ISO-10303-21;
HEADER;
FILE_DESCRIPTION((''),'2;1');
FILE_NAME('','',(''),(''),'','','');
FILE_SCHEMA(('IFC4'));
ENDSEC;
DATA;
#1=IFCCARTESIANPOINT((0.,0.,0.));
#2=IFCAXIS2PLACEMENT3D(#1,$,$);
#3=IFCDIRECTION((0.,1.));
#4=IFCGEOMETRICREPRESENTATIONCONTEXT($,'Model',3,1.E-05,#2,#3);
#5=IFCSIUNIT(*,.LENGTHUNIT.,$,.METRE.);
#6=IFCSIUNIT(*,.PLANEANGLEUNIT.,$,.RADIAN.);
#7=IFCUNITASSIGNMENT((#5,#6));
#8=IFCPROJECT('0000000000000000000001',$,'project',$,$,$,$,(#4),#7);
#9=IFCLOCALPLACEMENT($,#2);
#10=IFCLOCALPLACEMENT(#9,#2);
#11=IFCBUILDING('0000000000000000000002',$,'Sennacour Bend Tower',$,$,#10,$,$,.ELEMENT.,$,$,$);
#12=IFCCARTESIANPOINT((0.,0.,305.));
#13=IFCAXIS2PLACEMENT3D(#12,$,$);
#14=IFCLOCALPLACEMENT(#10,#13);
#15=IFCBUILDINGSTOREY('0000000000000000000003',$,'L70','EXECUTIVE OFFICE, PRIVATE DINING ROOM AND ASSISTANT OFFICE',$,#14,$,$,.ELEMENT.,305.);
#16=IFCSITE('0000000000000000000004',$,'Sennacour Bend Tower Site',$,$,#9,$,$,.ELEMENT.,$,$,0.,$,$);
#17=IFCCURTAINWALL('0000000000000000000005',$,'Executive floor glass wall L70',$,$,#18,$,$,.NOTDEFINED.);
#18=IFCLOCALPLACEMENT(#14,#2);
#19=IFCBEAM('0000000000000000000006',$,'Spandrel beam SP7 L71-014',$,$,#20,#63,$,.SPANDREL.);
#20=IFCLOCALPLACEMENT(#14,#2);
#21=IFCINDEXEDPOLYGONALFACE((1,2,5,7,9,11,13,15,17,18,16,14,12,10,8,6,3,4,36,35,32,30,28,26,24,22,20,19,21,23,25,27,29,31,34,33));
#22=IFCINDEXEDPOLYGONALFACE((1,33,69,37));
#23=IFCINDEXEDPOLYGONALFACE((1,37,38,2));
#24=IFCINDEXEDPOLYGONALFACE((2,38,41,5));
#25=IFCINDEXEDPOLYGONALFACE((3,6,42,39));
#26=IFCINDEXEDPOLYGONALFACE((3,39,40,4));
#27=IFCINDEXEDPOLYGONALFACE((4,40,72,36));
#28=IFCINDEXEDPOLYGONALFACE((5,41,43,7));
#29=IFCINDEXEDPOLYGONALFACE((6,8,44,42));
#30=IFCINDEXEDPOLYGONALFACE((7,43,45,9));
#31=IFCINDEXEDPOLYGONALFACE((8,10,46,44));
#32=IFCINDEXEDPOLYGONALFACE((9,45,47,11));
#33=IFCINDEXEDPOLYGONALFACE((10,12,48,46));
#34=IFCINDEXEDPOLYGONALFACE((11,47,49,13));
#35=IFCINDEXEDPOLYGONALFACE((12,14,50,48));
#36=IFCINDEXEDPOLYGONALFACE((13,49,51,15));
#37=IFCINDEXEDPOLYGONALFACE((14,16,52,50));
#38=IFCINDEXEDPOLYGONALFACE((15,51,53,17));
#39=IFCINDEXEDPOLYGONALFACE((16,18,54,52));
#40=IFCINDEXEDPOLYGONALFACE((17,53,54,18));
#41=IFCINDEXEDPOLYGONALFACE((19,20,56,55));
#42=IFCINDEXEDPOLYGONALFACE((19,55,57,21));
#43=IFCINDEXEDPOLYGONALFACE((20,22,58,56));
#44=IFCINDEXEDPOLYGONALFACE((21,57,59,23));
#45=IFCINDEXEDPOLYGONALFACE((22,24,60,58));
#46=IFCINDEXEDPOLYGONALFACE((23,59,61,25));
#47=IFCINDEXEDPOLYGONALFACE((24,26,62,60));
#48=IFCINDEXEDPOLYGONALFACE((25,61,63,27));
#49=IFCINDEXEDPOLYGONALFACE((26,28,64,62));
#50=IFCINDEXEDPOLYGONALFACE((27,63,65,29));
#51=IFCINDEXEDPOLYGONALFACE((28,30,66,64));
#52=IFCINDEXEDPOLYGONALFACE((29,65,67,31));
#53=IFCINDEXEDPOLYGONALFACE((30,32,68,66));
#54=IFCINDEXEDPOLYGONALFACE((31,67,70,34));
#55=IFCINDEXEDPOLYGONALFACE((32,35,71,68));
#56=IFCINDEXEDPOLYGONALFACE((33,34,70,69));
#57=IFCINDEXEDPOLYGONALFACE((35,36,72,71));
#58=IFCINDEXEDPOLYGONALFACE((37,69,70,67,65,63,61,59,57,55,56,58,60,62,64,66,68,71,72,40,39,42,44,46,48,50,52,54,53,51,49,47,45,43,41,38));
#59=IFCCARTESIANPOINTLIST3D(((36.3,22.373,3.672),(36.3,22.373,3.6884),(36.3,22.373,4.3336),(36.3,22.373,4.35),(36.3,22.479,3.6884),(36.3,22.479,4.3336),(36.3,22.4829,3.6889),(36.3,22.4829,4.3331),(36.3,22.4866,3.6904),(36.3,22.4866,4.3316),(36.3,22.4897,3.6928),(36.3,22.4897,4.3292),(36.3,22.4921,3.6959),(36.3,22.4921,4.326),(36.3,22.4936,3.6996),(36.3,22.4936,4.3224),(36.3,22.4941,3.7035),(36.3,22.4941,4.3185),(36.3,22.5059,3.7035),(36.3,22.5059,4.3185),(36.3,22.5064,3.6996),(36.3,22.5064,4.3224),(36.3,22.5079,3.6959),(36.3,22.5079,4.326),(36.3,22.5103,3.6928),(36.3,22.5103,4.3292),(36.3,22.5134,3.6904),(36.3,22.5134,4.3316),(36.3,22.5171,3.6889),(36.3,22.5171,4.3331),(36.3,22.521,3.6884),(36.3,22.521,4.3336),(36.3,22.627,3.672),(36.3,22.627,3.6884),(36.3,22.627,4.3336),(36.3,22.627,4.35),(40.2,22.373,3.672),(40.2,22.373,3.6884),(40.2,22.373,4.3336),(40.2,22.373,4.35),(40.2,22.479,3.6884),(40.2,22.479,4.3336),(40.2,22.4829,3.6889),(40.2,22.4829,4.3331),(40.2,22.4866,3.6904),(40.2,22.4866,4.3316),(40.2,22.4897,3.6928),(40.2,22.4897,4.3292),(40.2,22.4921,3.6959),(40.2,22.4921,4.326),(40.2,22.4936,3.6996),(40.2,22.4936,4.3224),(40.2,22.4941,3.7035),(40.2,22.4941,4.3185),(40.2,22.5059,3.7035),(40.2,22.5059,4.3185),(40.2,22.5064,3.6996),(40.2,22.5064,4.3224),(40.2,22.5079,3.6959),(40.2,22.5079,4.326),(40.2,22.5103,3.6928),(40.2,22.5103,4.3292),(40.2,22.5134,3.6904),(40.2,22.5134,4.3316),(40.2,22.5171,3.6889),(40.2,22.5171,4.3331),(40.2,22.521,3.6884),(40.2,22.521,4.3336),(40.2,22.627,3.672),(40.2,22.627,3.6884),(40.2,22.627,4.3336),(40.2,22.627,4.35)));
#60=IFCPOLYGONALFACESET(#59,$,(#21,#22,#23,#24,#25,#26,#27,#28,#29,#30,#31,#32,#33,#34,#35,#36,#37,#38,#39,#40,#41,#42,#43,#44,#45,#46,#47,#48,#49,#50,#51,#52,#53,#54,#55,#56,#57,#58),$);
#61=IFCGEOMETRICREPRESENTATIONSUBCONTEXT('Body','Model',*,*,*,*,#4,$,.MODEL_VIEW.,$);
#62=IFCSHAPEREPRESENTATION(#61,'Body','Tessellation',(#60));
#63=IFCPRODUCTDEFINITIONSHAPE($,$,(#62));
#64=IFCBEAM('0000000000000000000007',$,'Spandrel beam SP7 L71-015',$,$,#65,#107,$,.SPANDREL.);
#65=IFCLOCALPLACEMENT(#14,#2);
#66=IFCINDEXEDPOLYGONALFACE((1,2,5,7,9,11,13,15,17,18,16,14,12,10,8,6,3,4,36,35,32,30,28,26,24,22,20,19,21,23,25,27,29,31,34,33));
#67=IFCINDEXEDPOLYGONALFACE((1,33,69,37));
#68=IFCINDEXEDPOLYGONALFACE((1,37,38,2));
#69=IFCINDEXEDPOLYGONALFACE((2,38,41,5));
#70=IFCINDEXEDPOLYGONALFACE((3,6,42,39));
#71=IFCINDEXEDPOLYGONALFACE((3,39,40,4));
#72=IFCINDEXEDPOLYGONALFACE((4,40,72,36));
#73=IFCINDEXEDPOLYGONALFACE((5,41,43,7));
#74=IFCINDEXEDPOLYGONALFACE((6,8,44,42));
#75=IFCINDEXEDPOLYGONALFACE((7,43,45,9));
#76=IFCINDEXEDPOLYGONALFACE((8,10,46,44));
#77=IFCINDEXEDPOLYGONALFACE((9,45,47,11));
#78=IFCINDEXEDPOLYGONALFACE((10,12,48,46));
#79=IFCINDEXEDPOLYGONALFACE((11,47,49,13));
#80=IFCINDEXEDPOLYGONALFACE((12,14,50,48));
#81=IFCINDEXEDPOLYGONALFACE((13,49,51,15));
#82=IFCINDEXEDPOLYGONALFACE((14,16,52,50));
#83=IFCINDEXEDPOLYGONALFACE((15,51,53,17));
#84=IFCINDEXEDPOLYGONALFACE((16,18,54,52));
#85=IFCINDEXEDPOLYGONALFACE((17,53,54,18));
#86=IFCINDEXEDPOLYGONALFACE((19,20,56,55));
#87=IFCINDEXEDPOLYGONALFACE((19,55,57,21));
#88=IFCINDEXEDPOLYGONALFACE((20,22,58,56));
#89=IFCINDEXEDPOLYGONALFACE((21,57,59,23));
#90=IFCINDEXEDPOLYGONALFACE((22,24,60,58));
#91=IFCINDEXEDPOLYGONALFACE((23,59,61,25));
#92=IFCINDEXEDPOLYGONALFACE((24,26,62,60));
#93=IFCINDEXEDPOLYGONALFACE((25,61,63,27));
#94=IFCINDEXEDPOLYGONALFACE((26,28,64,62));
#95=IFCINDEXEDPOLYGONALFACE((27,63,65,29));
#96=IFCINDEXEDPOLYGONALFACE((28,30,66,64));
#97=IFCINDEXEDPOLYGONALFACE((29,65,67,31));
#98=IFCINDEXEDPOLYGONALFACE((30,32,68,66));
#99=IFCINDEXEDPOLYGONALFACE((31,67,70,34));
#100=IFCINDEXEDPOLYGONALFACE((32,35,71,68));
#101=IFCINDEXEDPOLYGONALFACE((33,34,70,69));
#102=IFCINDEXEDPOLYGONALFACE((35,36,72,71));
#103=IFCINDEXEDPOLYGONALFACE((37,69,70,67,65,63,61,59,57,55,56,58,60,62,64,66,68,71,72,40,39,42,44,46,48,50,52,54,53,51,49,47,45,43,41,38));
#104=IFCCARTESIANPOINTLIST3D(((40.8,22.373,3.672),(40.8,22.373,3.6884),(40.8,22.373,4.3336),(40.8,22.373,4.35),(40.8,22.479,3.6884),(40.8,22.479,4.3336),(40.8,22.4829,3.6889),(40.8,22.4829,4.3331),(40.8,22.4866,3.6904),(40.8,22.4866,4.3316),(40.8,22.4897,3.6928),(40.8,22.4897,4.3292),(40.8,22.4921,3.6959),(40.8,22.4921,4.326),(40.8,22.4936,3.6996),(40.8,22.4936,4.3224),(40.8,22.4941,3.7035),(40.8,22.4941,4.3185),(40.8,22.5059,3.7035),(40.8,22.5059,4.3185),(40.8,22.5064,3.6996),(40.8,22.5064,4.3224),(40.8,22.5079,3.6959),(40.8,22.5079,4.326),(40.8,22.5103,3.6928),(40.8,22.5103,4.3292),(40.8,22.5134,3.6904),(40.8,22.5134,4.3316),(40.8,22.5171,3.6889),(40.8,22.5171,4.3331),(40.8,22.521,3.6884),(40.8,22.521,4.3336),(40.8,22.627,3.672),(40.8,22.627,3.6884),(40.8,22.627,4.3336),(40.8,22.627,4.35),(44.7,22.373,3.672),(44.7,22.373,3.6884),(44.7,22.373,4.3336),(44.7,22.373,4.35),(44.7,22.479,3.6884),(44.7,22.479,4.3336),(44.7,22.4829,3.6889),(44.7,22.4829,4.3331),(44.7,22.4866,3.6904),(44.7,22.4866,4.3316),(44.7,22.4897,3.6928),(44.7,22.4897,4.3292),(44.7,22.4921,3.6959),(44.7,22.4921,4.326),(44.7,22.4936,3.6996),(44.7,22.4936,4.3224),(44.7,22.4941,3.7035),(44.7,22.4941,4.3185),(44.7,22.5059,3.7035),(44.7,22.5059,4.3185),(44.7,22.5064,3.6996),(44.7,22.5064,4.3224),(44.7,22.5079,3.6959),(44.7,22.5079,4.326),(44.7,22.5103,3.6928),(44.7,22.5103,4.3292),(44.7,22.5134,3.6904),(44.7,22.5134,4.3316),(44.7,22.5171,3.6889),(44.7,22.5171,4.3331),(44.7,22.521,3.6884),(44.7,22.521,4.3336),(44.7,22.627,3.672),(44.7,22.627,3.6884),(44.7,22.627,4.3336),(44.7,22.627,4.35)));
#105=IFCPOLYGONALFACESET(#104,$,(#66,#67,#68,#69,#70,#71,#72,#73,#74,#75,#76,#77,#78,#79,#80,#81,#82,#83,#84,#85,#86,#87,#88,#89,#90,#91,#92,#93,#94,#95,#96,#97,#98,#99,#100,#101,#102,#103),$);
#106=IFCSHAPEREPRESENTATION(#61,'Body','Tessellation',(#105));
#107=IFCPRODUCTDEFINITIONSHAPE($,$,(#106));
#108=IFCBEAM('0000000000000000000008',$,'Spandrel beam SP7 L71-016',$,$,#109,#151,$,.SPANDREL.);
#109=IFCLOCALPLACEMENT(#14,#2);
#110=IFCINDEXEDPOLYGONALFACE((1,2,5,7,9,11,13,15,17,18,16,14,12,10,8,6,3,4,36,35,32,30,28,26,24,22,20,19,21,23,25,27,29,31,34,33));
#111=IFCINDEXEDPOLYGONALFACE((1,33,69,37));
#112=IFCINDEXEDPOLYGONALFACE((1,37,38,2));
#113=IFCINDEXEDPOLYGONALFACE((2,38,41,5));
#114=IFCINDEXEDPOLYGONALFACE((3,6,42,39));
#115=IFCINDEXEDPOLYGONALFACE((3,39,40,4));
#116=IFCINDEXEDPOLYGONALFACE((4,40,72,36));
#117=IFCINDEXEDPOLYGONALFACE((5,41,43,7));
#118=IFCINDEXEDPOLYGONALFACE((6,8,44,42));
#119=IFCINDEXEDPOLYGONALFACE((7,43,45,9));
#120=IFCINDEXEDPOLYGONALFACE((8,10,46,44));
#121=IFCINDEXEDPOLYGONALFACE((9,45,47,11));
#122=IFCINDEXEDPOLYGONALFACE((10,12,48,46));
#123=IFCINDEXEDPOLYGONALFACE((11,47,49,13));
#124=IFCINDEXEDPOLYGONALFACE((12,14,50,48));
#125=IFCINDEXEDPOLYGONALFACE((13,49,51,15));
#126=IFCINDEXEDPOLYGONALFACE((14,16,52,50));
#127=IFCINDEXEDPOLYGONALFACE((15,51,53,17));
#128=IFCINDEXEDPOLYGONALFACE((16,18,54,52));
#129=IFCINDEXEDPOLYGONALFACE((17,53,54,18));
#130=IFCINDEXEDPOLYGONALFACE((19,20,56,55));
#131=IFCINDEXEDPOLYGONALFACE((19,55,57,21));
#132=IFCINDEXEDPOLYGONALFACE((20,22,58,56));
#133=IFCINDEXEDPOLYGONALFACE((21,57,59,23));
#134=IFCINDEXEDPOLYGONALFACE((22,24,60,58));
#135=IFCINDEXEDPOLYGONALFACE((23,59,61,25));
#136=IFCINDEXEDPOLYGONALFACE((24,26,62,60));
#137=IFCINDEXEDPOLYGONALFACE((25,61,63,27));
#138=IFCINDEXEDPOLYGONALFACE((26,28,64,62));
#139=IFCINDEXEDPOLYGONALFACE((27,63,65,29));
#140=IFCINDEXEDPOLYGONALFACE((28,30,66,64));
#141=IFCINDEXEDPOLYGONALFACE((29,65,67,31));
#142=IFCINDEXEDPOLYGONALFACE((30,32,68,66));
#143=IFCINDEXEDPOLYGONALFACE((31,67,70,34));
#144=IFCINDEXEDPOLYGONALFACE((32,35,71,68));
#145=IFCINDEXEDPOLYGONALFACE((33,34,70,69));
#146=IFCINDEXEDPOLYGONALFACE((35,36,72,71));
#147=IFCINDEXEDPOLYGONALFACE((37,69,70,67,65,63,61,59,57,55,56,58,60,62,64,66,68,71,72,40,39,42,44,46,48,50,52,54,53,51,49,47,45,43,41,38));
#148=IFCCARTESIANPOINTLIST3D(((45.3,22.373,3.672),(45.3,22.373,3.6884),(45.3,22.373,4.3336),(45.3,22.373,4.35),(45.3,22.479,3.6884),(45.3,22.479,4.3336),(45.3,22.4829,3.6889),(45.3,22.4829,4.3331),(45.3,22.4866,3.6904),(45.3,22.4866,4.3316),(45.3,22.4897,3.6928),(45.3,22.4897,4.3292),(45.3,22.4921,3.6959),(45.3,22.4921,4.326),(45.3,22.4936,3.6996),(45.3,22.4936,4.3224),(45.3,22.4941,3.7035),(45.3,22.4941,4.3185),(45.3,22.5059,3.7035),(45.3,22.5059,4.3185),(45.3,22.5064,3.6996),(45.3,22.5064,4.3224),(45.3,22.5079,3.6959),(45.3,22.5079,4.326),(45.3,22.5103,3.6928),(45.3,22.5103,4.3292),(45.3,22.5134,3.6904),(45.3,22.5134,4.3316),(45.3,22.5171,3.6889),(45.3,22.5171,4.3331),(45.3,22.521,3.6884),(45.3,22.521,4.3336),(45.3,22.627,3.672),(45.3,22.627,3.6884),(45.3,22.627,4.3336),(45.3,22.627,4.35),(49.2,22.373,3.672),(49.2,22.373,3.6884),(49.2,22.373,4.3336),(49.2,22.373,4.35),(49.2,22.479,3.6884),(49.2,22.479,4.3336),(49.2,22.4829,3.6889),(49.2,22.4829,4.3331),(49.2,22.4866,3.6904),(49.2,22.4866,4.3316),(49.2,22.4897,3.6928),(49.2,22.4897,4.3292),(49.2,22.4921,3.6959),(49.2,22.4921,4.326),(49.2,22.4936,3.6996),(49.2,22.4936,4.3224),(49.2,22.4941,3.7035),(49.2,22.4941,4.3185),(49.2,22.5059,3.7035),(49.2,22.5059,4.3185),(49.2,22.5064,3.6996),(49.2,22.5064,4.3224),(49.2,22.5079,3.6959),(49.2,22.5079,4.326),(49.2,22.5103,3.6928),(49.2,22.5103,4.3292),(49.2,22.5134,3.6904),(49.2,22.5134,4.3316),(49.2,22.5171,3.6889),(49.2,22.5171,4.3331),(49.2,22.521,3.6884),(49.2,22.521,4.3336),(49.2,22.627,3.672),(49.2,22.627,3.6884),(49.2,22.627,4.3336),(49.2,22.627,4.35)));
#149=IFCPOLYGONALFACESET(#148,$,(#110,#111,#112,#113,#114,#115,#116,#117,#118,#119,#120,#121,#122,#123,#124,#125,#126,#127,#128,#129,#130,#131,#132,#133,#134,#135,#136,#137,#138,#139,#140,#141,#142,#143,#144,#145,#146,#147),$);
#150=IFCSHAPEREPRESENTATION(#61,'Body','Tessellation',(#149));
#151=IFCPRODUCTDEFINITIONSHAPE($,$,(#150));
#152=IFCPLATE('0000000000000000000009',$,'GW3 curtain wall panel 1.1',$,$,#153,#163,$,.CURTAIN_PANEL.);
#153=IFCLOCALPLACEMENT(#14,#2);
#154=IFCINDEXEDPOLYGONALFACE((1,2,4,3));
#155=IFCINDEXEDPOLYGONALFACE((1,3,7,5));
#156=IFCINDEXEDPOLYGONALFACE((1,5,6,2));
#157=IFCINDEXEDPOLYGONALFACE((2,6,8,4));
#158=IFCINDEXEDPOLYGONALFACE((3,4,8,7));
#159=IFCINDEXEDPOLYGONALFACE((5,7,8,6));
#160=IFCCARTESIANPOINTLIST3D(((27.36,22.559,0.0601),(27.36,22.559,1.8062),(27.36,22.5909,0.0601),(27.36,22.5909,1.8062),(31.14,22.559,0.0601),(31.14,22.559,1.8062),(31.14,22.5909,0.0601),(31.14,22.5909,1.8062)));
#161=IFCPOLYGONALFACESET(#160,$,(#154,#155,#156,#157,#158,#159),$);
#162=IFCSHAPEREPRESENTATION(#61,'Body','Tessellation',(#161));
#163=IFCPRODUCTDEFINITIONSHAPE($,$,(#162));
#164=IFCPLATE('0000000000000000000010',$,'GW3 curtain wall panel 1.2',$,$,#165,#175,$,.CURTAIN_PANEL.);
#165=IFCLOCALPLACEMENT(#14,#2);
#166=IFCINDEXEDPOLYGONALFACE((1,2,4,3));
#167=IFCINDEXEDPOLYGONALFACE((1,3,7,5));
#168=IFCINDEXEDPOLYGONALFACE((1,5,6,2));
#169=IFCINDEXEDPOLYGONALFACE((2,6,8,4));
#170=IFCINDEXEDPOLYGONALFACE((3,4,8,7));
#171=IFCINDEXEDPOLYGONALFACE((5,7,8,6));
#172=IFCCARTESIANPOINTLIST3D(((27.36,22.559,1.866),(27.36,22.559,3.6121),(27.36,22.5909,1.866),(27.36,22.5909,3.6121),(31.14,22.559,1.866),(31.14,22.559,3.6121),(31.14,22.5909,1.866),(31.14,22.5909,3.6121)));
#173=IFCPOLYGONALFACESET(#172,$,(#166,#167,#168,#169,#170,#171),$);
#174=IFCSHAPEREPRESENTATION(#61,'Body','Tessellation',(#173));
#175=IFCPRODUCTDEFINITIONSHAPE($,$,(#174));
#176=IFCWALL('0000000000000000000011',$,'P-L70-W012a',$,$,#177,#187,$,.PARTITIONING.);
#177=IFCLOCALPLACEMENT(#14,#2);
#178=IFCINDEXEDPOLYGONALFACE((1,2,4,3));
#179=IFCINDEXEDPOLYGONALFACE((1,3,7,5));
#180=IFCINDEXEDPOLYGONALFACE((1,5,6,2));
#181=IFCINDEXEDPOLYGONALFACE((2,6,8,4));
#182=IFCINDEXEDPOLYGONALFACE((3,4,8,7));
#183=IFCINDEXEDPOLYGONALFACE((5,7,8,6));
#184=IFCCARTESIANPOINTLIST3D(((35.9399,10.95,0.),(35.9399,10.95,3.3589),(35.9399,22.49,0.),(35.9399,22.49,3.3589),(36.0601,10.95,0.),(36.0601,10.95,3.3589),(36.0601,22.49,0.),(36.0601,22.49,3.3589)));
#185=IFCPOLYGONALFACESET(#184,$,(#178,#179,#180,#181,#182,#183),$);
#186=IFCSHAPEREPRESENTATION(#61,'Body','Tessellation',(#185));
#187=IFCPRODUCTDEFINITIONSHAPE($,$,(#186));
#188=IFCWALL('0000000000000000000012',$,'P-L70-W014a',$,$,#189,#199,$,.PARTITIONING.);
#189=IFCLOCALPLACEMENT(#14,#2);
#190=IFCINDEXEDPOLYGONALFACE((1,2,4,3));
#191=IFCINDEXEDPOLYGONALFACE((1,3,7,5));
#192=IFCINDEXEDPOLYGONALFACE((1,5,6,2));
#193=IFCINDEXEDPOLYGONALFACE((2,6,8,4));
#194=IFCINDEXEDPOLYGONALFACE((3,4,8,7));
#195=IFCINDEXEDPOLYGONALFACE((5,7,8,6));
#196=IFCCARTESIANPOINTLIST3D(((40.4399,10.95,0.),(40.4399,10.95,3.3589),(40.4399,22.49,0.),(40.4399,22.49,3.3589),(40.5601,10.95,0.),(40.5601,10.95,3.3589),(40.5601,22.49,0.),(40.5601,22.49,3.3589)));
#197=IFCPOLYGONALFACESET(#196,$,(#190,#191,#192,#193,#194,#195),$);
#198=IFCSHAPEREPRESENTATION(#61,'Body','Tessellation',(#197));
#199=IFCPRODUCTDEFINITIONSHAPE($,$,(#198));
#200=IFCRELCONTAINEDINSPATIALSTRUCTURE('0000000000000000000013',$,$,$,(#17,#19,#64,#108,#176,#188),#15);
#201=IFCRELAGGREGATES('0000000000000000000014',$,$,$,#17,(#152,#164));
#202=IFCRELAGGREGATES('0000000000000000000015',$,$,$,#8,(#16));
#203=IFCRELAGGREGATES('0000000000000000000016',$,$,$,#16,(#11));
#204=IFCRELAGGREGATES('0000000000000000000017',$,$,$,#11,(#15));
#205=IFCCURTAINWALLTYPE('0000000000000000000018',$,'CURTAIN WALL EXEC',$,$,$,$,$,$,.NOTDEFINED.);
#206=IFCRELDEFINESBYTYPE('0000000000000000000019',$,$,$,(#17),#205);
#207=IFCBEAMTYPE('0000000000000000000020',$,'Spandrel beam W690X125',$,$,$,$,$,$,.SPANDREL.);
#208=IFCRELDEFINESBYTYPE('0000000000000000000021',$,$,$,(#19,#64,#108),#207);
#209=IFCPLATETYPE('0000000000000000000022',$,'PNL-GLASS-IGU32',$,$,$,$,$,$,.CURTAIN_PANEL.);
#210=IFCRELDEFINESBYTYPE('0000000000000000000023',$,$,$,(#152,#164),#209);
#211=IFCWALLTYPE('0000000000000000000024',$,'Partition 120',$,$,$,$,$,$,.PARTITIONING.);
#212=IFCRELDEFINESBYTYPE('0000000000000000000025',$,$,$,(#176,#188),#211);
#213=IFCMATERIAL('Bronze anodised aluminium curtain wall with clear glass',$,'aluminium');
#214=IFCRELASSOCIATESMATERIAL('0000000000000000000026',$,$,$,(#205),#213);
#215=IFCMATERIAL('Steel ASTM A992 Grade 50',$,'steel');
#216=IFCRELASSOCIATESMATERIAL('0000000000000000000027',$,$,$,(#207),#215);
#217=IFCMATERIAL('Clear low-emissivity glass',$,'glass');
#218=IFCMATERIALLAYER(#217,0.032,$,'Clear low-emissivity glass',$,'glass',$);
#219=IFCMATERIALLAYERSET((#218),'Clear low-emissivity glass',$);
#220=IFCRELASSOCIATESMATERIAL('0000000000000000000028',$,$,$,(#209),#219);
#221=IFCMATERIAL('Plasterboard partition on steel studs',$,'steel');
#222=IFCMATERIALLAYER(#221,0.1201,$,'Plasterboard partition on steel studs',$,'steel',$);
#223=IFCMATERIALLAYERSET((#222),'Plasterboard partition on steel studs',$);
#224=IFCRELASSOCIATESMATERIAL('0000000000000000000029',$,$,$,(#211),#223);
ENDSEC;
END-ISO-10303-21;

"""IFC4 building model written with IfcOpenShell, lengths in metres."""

from ifc_helpers import new_model, si_unit, direction, frame, frame_2d, origin, origin_2d, place, context, subcontext, project, spatial, rectangle, i_section, extrude, material, layer, layer_set, material_profile, profile_set, type_object, element, aggregate, save


model = new_model("IFC4")

# Units and contexts
model_context = context("Model", 3, precision=1e-05, world=origin(), true_north=direction((0.0, 1.0)))
body_context = subcontext(model_context, "Body", "Model", "MODEL_VIEW")
ifc_project = project(units=[si_unit("LENGTHUNIT", "METRE"), si_unit("PLANEANGLEUNIT", "RADIAN")], contexts=[model_context])

# Site, building, storey
site_placement = place(None, origin())
site = spatial("IfcSite", under=ifc_project, at=site_placement, Name="Sennacour Bend Tower Site", CompositionType="ELEMENT", RefElevation=0.0)
building_placement = place(site_placement, origin())
building = spatial("IfcBuilding", under=site, at=building_placement, Name="Sennacour Bend Tower", CompositionType="ELEMENT")
storey_placement = place(building_placement, frame((0.0, 0.0, 305.0)))
storey = spatial("IfcBuildingStorey", under=building, at=storey_placement, Name="L70", Description="EXECUTIVE OFFICE, PRIVATE DINING ROOM AND ASSISTANT OFFICE", CompositionType="ELEMENT", Elevation=305.0)

# Curtain wall
ifc_material_1 = material(Name="Bronze anodised aluminium curtain wall with clear glass", Category="aluminium")
curtain_wall_type = type_object("IfcCurtainWallType", Name="CURTAIN WALL EXEC", PredefinedType="NOTDEFINED", material=ifc_material_1)
curtain_wall_placement = place(storey_placement, origin())
curtain_wall = element("IfcCurtainWall", 1, at=curtain_wall_placement, inside=storey, type_object=curtain_wall_type, Name="Executive floor glass wall L70", PredefinedType="NOTDEFINED")

# Beams
ifc_material_2 = material(Name="Steel ASTM A992 Grade 50", Category="steel")
ifc_material_profile_1 = material_profile(ifc_material_2, i_section(OverallWidth=0.2539, OverallDepth=0.678, WebThickness=0.0117, FlangeThickness=0.0164, FilletRadius=0.0151, at=origin_2d()), Name="Steel ASTM A992 Grade 50", Category="steel")
ifc_profile_set_1 = profile_set([ifc_material_profile_1], Name="Steel ASTM A992 Grade 50")
beam_type = type_object("IfcBeamType", Name="Spandrel beam W690X125", PredefinedType="SPANDREL", material=ifc_profile_set_1)
for number, where, z_axis, x_axis, name in (
    (2, (36.3, 22.5, 4.011), (1.0, 0.0, 0.0), (0.0, 1.0, 0.0), "Spandrel beam SP7 L71-014"),
    (3, (40.8, 22.5, 4.011), (1.0, 0.0, 0.0), (0.0, 1.0, 0.0), "Spandrel beam SP7 L71-015"),
    (4, (45.3, 22.5, 4.011), (1.0, 0.0, 0.0), (0.0, 1.0, 0.0), "Spandrel beam SP7 L71-016"),
):
    element("IfcBeam", number, at=place(storey_placement, frame(where, z_axis=z_axis, x_axis=x_axis)), inside=storey, type_object=beam_type, Name=name, PredefinedType="SPANDREL", context=body_context, shape_type="SweptSolid", body=[
        extrude(i_section(OverallWidth=0.2539, OverallDepth=0.678, WebThickness=0.0117, FlangeThickness=0.0164, FilletRadius=0.0151, at=origin_2d()), origin(), (0.0, 0.0, 1.0), 3.8999),
    ])

# Plates
ifc_material_3 = material(Name="Clear low-emissivity glass", Category="glass")
ifc_layer_1 = layer(ifc_material_3, 0.032, Name="Clear low-emissivity glass", Category="glass")
ifc_layer_set_1 = layer_set([ifc_layer_1], Name="Clear low-emissivity glass")
plate_type = type_object("IfcPlateType", Name="PNL-GLASS-IGU32", PredefinedType="CURTAIN_PANEL", material=ifc_layer_set_1)
plate_1_placement = place(storey_placement, frame((29.25, 22.575, 0.0601), z_axis=(0.0, 0.0, 1.0), x_axis=(-1.0, 0.0, 0.0)))
plate_1 = element("IfcPlate", 5, at=plate_1_placement, type_object=plate_type, Name="GW3 curtain wall panel 1.1", PredefinedType="CURTAIN_PANEL", context=body_context, shape_type="SweptSolid", body=[
    extrude(rectangle(XDim=3.78, YDim=0.032, at=origin_2d()), origin(), (0.0, 0.0, 1.0), 1.7461),
])
plate_2_placement = place(storey_placement, frame((29.25, 22.575, 1.866), z_axis=(0.0, 0.0, 1.0), x_axis=(-1.0, 0.0, 0.0)))
plate_2 = element("IfcPlate", 6, at=plate_2_placement, type_object=plate_type, Name="GW3 curtain wall panel 1.2", PredefinedType="CURTAIN_PANEL", context=body_context, shape_type="SweptSolid", body=[
    extrude(rectangle(XDim=3.78, YDim=0.032, at=origin_2d()), origin(), (0.0, 0.0, 1.0), 1.7461),
])
aggregate(curtain_wall, [plate_1, plate_2])

# Walls
ifc_material_4 = material(Name="Plasterboard partition on steel studs", Category="steel")
ifc_layer_2 = layer(ifc_material_4, 0.1201, Name="Plasterboard partition on steel studs", Category="steel")
ifc_layer_set_2 = layer_set([ifc_layer_2], Name="Plasterboard partition on steel studs")
wall_type_1 = type_object("IfcWallType", Name="Partition 120", PredefinedType="PARTITIONING", material=ifc_layer_set_2)
for number, where, z_axis, x_axis, name in (
    (7, (36.0, 10.95, 0.0), (0.0, 0.0, 1.0), (0.0, 1.0, 0.0), "P-L70-W012a"),
    (8, (40.5, 10.95, 0.0), (0.0, 0.0, 1.0), (0.0, 1.0, 0.0), "P-L70-W014a"),
):
    element("IfcWall", number, at=place(storey_placement, frame(where, z_axis=z_axis, x_axis=x_axis)), inside=storey, type_object=wall_type_1, Name=name, PredefinedType="PARTITIONING", context=body_context, shape_type="SweptSolid", body=[
        extrude(rectangle(XDim=11.54, YDim=0.1201, at=frame_2d((5.77, 0.0))), origin(), (0.0, 0.0, 1.0), 3.3589),
    ])

save(model, "model.ifc")
